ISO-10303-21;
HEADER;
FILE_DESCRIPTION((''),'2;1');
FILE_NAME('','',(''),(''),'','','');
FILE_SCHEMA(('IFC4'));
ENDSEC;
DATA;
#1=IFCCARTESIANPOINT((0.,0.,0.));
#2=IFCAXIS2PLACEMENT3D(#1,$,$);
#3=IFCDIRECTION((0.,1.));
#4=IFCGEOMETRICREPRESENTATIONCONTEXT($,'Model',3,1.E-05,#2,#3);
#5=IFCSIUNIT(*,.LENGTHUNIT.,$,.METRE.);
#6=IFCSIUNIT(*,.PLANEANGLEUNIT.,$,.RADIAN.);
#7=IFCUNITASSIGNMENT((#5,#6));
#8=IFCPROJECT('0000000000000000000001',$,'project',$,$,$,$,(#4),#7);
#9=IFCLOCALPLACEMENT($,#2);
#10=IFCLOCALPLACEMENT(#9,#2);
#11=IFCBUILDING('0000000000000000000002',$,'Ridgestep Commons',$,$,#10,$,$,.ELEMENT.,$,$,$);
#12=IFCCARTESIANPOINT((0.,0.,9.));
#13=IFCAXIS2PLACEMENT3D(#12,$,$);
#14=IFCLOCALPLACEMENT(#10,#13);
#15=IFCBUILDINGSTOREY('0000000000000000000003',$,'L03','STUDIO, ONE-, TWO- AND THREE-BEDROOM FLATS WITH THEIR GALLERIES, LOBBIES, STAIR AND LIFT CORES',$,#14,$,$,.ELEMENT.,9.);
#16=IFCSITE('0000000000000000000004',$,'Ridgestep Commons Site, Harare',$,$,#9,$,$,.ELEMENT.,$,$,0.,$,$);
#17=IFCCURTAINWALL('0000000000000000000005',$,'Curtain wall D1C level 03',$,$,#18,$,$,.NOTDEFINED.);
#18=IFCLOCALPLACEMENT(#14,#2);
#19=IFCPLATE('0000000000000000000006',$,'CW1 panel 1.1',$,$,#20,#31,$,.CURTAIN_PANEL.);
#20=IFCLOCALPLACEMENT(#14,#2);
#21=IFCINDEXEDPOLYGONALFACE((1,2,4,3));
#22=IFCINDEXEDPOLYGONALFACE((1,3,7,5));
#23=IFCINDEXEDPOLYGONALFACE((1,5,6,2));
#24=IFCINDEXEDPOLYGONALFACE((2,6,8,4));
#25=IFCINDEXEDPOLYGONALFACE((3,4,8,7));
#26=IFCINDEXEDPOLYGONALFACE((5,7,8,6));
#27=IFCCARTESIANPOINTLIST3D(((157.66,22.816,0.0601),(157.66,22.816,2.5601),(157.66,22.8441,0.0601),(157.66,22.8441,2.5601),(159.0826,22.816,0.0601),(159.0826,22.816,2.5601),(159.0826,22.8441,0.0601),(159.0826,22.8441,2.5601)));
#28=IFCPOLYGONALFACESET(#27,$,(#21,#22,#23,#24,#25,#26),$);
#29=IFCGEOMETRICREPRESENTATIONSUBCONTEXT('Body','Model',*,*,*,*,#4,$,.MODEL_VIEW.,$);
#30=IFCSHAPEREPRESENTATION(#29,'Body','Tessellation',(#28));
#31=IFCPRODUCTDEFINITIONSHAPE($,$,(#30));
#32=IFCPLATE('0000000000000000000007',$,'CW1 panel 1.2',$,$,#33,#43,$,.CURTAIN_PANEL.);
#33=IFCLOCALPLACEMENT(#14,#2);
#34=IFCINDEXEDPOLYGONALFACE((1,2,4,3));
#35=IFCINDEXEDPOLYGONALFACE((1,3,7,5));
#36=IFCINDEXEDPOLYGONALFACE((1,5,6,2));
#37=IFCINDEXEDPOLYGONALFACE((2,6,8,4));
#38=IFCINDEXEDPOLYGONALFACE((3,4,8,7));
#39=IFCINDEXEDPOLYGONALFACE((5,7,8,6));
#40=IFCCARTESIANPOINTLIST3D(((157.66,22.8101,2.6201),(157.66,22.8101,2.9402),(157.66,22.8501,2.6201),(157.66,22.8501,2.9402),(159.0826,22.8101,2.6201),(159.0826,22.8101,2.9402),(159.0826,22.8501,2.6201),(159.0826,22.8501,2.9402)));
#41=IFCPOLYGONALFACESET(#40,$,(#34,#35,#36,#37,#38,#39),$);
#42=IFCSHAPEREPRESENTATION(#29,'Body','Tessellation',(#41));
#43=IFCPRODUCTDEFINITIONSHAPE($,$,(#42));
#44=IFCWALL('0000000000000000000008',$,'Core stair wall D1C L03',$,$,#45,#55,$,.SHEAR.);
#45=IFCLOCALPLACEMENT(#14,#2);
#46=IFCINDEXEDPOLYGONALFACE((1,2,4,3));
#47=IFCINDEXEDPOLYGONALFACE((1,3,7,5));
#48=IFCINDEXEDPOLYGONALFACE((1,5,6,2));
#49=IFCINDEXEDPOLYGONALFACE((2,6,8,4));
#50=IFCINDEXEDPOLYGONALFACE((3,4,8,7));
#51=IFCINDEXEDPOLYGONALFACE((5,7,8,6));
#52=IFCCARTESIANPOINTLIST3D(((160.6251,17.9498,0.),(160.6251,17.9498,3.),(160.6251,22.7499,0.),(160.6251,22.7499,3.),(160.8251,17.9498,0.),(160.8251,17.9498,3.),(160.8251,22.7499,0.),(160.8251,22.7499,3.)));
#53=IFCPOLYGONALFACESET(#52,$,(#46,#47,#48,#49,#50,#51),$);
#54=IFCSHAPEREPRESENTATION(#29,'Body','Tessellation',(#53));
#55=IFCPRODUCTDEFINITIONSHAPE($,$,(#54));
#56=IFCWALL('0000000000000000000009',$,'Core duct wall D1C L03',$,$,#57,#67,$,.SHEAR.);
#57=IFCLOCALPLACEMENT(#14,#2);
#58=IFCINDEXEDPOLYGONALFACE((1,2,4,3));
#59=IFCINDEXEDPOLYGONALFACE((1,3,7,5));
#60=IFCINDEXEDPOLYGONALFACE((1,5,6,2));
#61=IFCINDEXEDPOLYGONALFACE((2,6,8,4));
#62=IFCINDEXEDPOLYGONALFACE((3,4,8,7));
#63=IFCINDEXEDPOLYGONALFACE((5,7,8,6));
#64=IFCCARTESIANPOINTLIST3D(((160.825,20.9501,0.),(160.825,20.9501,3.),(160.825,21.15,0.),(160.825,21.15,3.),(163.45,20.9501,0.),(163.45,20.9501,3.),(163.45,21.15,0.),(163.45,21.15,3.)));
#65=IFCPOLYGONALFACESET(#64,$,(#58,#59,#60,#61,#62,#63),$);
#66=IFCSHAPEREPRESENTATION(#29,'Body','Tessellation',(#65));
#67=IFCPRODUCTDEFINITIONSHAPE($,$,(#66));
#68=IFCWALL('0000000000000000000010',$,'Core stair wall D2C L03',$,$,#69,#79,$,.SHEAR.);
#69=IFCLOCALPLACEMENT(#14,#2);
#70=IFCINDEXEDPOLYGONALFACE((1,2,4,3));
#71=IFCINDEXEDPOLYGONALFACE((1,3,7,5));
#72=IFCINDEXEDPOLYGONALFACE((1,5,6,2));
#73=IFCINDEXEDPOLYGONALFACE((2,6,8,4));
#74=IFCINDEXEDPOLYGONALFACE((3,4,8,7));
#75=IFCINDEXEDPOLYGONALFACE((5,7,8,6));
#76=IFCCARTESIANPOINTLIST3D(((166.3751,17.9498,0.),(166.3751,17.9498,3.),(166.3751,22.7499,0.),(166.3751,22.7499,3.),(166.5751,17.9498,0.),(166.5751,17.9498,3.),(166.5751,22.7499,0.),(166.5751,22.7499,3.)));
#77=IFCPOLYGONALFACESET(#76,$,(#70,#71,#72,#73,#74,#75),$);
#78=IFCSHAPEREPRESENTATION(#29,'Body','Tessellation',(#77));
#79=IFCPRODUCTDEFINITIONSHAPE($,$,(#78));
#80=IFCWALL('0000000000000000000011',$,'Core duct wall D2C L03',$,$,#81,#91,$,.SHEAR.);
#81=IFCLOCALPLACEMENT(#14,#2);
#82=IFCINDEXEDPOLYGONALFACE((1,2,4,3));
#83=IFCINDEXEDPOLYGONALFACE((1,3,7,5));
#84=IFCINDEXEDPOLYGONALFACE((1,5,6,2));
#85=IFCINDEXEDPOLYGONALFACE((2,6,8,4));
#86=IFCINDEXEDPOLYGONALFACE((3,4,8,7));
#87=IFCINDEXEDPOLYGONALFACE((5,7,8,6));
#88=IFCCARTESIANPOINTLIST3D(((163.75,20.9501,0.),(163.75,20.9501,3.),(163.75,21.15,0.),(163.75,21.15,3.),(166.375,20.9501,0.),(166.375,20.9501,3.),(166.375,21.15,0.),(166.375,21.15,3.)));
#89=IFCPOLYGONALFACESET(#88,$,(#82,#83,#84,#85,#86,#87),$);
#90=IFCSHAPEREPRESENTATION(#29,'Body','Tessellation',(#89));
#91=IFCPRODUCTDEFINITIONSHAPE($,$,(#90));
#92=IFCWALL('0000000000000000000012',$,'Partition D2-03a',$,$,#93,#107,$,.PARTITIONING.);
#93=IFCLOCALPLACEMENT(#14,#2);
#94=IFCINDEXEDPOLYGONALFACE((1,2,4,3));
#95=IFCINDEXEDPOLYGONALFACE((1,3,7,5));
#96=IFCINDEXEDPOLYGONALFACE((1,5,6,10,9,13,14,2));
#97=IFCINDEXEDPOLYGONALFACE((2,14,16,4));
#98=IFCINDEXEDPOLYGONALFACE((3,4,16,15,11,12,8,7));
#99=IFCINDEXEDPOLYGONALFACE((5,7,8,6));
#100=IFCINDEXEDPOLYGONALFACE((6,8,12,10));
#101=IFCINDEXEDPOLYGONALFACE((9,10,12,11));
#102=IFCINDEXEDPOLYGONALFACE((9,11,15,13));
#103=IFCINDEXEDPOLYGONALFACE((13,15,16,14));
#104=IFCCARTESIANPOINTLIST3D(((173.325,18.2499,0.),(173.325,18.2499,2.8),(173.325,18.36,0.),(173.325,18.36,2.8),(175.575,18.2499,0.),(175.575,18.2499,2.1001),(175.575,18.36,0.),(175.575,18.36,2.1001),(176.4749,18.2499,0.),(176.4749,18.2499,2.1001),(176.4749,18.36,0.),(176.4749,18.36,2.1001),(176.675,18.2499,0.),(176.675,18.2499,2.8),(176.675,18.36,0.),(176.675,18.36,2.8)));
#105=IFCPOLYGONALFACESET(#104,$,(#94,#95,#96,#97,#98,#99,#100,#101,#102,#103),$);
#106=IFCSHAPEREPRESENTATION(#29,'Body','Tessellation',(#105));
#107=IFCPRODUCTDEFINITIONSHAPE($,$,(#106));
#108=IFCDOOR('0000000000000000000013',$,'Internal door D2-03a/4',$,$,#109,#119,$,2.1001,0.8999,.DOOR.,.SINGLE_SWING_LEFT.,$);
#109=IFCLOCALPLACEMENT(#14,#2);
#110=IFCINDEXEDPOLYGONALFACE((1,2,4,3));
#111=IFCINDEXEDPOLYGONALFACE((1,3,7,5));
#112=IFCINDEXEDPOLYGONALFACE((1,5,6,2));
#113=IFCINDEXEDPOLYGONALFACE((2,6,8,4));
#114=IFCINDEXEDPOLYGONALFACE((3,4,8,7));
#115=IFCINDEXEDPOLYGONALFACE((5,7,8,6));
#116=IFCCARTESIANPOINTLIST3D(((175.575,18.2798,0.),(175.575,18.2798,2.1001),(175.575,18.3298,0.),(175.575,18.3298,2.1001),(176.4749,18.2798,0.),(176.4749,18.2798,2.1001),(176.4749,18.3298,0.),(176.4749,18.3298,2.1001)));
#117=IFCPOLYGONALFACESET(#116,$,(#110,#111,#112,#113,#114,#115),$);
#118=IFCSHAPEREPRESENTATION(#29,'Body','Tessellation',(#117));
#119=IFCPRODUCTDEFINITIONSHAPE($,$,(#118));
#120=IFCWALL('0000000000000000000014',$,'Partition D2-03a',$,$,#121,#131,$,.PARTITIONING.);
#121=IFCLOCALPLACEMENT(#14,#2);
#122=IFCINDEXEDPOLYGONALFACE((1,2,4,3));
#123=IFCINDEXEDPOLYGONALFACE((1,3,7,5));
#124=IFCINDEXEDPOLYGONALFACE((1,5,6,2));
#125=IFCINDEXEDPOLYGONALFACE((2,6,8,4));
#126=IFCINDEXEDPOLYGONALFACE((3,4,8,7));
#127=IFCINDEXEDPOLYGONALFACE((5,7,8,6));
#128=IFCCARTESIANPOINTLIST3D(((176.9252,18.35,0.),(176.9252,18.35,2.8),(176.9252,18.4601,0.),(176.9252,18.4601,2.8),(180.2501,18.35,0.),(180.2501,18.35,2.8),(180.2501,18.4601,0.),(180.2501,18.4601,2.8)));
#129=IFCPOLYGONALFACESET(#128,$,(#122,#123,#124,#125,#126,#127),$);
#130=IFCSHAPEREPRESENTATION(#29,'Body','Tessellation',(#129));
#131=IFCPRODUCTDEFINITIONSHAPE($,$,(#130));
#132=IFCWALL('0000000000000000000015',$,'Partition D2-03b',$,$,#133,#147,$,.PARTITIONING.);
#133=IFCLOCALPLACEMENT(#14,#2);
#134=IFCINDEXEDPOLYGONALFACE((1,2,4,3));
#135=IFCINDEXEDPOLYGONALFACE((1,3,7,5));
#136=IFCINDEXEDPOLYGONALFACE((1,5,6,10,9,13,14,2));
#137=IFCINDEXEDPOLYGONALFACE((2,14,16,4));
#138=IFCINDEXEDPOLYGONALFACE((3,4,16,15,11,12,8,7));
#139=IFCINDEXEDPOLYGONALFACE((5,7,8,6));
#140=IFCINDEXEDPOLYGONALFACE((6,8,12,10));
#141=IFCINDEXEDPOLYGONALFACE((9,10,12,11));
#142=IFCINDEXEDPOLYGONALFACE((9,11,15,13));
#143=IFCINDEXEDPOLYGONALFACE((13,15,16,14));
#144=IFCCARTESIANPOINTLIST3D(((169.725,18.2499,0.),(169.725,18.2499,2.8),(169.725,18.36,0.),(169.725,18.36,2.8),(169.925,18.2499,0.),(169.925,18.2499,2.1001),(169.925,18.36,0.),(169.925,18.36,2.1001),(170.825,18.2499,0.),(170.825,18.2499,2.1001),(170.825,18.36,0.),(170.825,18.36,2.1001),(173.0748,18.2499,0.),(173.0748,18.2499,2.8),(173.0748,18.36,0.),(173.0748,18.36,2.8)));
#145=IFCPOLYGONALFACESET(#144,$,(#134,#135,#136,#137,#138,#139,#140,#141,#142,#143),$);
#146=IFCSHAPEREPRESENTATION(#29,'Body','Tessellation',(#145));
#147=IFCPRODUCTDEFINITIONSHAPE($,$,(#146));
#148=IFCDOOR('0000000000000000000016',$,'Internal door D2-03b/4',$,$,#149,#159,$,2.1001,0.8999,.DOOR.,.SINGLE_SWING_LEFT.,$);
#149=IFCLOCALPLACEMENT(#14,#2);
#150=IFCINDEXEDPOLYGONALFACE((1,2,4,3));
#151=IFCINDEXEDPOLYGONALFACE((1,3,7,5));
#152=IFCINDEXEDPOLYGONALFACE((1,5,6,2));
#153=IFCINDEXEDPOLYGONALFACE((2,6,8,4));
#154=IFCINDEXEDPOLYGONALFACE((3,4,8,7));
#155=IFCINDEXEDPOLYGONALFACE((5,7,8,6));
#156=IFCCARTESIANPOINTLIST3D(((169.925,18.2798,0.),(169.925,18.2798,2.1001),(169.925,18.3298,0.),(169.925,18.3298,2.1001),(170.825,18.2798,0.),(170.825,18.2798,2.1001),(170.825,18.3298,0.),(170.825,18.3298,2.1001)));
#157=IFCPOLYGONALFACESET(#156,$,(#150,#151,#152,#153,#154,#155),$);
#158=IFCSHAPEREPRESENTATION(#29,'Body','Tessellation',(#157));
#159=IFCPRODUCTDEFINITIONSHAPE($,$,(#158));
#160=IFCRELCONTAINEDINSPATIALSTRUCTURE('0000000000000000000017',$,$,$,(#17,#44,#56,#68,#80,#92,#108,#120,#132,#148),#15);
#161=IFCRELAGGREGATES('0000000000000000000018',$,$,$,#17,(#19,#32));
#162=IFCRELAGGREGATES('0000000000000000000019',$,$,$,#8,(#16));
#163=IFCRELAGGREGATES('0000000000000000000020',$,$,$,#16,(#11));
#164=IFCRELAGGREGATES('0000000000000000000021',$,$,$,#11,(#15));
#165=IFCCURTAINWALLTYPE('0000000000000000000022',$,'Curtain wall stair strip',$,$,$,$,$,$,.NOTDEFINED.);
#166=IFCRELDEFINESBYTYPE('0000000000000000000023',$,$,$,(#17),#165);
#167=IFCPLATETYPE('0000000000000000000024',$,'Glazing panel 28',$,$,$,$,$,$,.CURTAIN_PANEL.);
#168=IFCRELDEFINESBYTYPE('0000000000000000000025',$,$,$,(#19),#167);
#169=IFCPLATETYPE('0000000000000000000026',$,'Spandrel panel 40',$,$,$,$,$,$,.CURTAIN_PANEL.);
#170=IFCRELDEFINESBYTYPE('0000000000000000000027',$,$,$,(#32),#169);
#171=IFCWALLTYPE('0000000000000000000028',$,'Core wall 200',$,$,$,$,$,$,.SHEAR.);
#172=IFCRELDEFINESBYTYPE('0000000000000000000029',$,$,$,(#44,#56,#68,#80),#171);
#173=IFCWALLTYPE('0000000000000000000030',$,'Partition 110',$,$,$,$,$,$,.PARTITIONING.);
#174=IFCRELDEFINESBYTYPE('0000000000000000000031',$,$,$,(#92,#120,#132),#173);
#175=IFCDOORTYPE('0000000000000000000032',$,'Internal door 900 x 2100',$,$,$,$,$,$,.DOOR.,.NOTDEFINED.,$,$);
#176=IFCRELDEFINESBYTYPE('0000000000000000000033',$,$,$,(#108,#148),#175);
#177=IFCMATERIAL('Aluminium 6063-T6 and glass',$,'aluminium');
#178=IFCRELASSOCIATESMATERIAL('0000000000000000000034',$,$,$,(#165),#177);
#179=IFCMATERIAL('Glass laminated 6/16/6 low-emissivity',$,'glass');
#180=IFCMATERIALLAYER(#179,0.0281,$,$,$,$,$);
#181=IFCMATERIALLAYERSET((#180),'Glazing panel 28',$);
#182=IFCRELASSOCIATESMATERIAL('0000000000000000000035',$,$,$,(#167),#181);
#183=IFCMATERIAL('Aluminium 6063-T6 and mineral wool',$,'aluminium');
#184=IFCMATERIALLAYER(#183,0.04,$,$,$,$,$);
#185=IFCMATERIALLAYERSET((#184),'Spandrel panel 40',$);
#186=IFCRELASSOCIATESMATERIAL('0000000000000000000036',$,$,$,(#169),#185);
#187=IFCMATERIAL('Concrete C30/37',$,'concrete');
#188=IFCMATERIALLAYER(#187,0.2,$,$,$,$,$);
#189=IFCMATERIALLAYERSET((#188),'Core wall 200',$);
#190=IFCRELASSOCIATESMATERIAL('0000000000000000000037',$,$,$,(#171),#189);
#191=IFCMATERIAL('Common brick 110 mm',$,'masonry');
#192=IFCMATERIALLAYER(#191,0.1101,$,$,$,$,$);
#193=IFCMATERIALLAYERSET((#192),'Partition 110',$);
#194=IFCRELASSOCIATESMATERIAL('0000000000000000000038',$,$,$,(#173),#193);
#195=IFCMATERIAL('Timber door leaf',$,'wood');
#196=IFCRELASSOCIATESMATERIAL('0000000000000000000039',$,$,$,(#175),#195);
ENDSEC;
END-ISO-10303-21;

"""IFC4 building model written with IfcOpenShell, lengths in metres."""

from ifc_helpers import new_model, si_unit, direction, frame, frame_2d, origin, origin_2d, place, context, subcontext, project, spatial, rectangle, extrude, material, layer, layer_set, type_object, element, fill, aggregate, save


model = new_model("IFC4")

# Units and contexts
model_context = context("Model", 3, precision=1e-05, world=origin(), true_north=direction((0.0, 1.0)))
body_context = subcontext(model_context, "Body", "Model", "MODEL_VIEW")
ifc_project = project(units=[si_unit("LENGTHUNIT", "METRE"), si_unit("PLANEANGLEUNIT", "RADIAN")], contexts=[model_context])

# Site, building, storey
site_placement = place(None, origin())
site = spatial("IfcSite", under=ifc_project, at=site_placement, Name="Ridgestep Commons Site, Harare", CompositionType="ELEMENT", RefElevation=0.0)
building_placement = place(site_placement, origin())
building = spatial("IfcBuilding", under=site, at=building_placement, Name="Ridgestep Commons", CompositionType="ELEMENT")
storey_placement = place(building_placement, frame((0.0, 0.0, 9.0)))
storey = spatial("IfcBuildingStorey", under=building, at=storey_placement, Name="L03", Description="STUDIO, ONE-, TWO- AND THREE-BEDROOM FLATS WITH THEIR GALLERIES, LOBBIES, STAIR AND LIFT CORES", CompositionType="ELEMENT", Elevation=9.0)

# Curtain wall, plates
ifc_material_1 = material(Name="Aluminium 6063-T6 and glass", Category="aluminium")
curtain_wall_type = type_object("IfcCurtainWallType", Name="Curtain wall stair strip", PredefinedType="NOTDEFINED", material=ifc_material_1)
curtain_wall_placement = place(storey_placement, origin())
curtain_wall = element("IfcCurtainWall", 1, at=curtain_wall_placement, inside=storey, type_object=curtain_wall_type, Name="Curtain wall D1C level 03", PredefinedType="NOTDEFINED")
ifc_material_2 = material(Name="Glass laminated 6/16/6 low-emissivity", Category="glass")
ifc_layer_1 = layer(ifc_material_2, 0.0281)
ifc_layer_set_1 = layer_set([ifc_layer_1], Name="Glazing panel 28")
plate_type_1 = type_object("IfcPlateType", Name="Glazing panel 28", PredefinedType="CURTAIN_PANEL", material=ifc_layer_set_1)
plate_1_placement = place(storey_placement, frame((158.3713, 22.8301, 0.0601), z_axis=(0.0, 0.0, 1.0), x_axis=(1.0, 0.0, 0.0)))
plate_1 = element("IfcPlate", 2, at=plate_1_placement, type_object=plate_type_1, Name="CW1 panel 1.1", PredefinedType="CURTAIN_PANEL", context=body_context, shape_type="SweptSolid", body=[
    extrude(rectangle(XDim=1.4226, YDim=0.0281, at=origin_2d()), origin(), (0.0, 0.0, 1.0), 2.5),
])
ifc_material_3 = material(Name="Aluminium 6063-T6 and mineral wool", Category="aluminium")
ifc_layer_2 = layer(ifc_material_3, 0.04)
ifc_layer_set_2 = layer_set([ifc_layer_2], Name="Spandrel panel 40")
plate_type_2 = type_object("IfcPlateType", Name="Spandrel panel 40", PredefinedType="CURTAIN_PANEL", material=ifc_layer_set_2)
plate_2_placement = place(storey_placement, frame((158.3713, 22.8301, 2.6201), z_axis=(0.0, 0.0, 1.0), x_axis=(1.0, 0.0, 0.0)))
plate_2 = element("IfcPlate", 3, at=plate_2_placement, type_object=plate_type_2, Name="CW1 panel 1.2", PredefinedType="CURTAIN_PANEL", context=body_context, shape_type="SweptSolid", body=[
    extrude(rectangle(XDim=1.4226, YDim=0.04, at=origin_2d()), origin(), (0.0, 0.0, 1.0), 0.3201),
])
aggregate(curtain_wall, [plate_1, plate_2])

# Walls
ifc_material_4 = material(Name="Concrete C30/37", Category="concrete")
ifc_layer_3 = layer(ifc_material_4, 0.2)
ifc_layer_set_3 = layer_set([ifc_layer_3], Name="Core wall 200")
wall_type_1 = type_object("IfcWallType", Name="Core wall 200", PredefinedType="SHEAR", material=ifc_layer_set_3)
wall_1_placement = place(storey_placement, frame((160.7251, 17.95, 0.0), z_axis=(0.0, 0.0, 1.0), x_axis=(0.0, 1.0, 0.0)))
element("IfcWall", 4, at=wall_1_placement, inside=storey, type_object=wall_type_1, Name="Core stair wall D1C L03", PredefinedType="SHEAR", context=body_context, shape_type="SweptSolid", body=[
    extrude(rectangle(XDim=4.8, YDim=0.2, at=frame_2d((2.3999, 0.0))), origin(), (0.0, 0.0, 1.0), 3.0),
])
wall_2_placement = place(storey_placement, frame((160.825, 21.05, 0.0), z_axis=(0.0, 0.0, 1.0), x_axis=(1.0, 0.0, 0.0)))
element("IfcWall", 5, at=wall_2_placement, inside=storey, type_object=wall_type_1, Name="Core duct wall D1C L03", PredefinedType="SHEAR", context=body_context, shape_type="SweptSolid", body=[
    extrude(rectangle(XDim=2.625, YDim=0.2, at=frame_2d((1.3125, 0.0))), origin(), (0.0, 0.0, 1.0), 3.0),
])
wall_3_placement = place(storey_placement, frame((166.4751, 17.95, 0.0), z_axis=(0.0, 0.0, 1.0), x_axis=(0.0, 1.0, 0.0)))
element("IfcWall", 6, at=wall_3_placement, inside=storey, type_object=wall_type_1, Name="Core stair wall D2C L03", PredefinedType="SHEAR", context=body_context, shape_type="SweptSolid", body=[
    extrude(rectangle(XDim=4.8, YDim=0.2, at=frame_2d((2.3999, 0.0))), origin(), (0.0, 0.0, 1.0), 3.0),
])
wall_4_placement = place(storey_placement, frame((163.75, 21.05, 0.0), z_axis=(0.0, 0.0, 1.0), x_axis=(1.0, 0.0, 0.0)))
element("IfcWall", 7, at=wall_4_placement, inside=storey, type_object=wall_type_1, Name="Core duct wall D2C L03", PredefinedType="SHEAR", context=body_context, shape_type="SweptSolid", body=[
    extrude(rectangle(XDim=2.625, YDim=0.2, at=frame_2d((1.3125, 0.0))), origin(), (0.0, 0.0, 1.0), 3.0),
])

# Wall, opening, door
ifc_material_5 = material(Name="Common brick 110 mm", Category="masonry")
ifc_layer_4 = layer(ifc_material_5, 0.1101)
ifc_layer_set_4 = layer_set([ifc_layer_4], Name="Partition 110")
wall_type_2 = type_object("IfcWallType", Name="Partition 110", PredefinedType="PARTITIONING", material=ifc_layer_set_4)
wall_5_placement = place(storey_placement, frame((173.325, 18.3049, 0.0), z_axis=(0.0, 0.0, 1.0), x_axis=(1.0, 0.0, 0.0)))
wall_5 = element("IfcWall", 8, at=wall_5_placement, inside=storey, type_object=wall_type_2, Name="Partition D2-03a", PredefinedType="PARTITIONING", context=body_context, shape_type="SweptSolid", body=[
    extrude(rectangle(XDim=3.3501, YDim=0.1101, at=frame_2d((1.675, 0.0))), origin(), (0.0, 0.0, 1.0), 2.8),
])
opening_1_placement = place(wall_5_placement, frame((2.25, 0.0, 0.0)))
opening_1 = element("IfcOpeningElement", 9, at=opening_1_placement, cuts=wall_5, PredefinedType="OPENING", context=body_context, shape_type="SweptSolid", body=[
    extrude(rectangle(XDim=0.8999, YDim=2.1001, at=frame_2d((0.45, 1.05))), frame((0.0, 0.0649, 0.0), z_axis=(0.0, -1.0, 0.0), x_axis=(1.0, 0.0, 0.0)), (0.0, 0.0, 1.0), 0.1301),
])
ifc_material_6 = material(Name="Timber door leaf", Category="wood")
door_type = type_object("IfcDoorType", Name="Internal door 900 x 2100", OperationType="NOTDEFINED", PredefinedType="DOOR", material=ifc_material_6)
door_1_placement = place(opening_1_placement, origin())
door_1 = element("IfcDoor", 10, at=door_1_placement, inside=storey, type_object=door_type, Name="Internal door D2-03a/4", OperationType="SINGLE_SWING_LEFT", OverallHeight=2.1001, OverallWidth=0.8999, PredefinedType="DOOR", context=body_context, shape_type="SweptSolid", body=[
    extrude(rectangle(XDim=0.8999, YDim=2.1001, at=frame_2d((0.45, 1.05))), frame((0.0, 0.0249, 0.0), z_axis=(0.0, -1.0, 0.0), x_axis=(1.0, 0.0, 0.0)), (0.0, 0.0, 1.0), 0.05),
])
fill(opening_1, door_1)

# Wall
wall_6_placement = place(storey_placement, frame((176.925, 18.405, 0.0), z_axis=(0.0, 0.0, 1.0), x_axis=(1.0, 0.0, 0.0)))
element("IfcWall", 11, at=wall_6_placement, inside=storey, type_object=wall_type_2, Name="Partition D2-03a", PredefinedType="PARTITIONING", context=body_context, shape_type="SweptSolid", body=[
    extrude(rectangle(XDim=3.325, YDim=0.1101, at=frame_2d((1.6626, 0.0))), origin(), (0.0, 0.0, 1.0), 2.8),
])

# Wall, opening, door
wall_7_placement = place(storey_placement, frame((169.7251, 18.3049, 0.0), z_axis=(0.0, 0.0, 1.0), x_axis=(1.0, 0.0, 0.0)))
wall_7 = element("IfcWall", 12, at=wall_7_placement, inside=storey, type_object=wall_type_2, Name="Partition D2-03b", PredefinedType="PARTITIONING", context=body_context, shape_type="SweptSolid", body=[
    extrude(rectangle(XDim=3.3499, YDim=0.1101, at=frame_2d((1.6748, 0.0))), origin(), (0.0, 0.0, 1.0), 2.8),
])
opening_2_placement = place(wall_7_placement, frame((0.2, 0.0, 0.0)))
opening_2 = element("IfcOpeningElement", 13, at=opening_2_placement, cuts=wall_7, PredefinedType="OPENING", context=body_context, shape_type="SweptSolid", body=[
    extrude(rectangle(XDim=0.8999, YDim=2.1001, at=frame_2d((0.45, 1.05))), frame((0.0, 0.0649, 0.0), z_axis=(0.0, -1.0, 0.0), x_axis=(1.0, 0.0, 0.0)), (0.0, 0.0, 1.0), 0.1301),
])
door_2_placement = place(opening_2_placement, origin())
door_2 = element("IfcDoor", 14, at=door_2_placement, inside=storey, type_object=door_type, Name="Internal door D2-03b/4", OperationType="SINGLE_SWING_LEFT", OverallHeight=2.1001, OverallWidth=0.8999, PredefinedType="DOOR", context=body_context, shape_type="SweptSolid", body=[
    extrude(rectangle(XDim=0.8999, YDim=2.1001, at=frame_2d((0.45, 1.05))), frame((0.0, 0.0249, 0.0), z_axis=(0.0, -1.0, 0.0), x_axis=(1.0, 0.0, 0.0)), (0.0, 0.0, 1.0), 0.05),
])
fill(opening_2, door_2)

save(model, "model.ifc")
